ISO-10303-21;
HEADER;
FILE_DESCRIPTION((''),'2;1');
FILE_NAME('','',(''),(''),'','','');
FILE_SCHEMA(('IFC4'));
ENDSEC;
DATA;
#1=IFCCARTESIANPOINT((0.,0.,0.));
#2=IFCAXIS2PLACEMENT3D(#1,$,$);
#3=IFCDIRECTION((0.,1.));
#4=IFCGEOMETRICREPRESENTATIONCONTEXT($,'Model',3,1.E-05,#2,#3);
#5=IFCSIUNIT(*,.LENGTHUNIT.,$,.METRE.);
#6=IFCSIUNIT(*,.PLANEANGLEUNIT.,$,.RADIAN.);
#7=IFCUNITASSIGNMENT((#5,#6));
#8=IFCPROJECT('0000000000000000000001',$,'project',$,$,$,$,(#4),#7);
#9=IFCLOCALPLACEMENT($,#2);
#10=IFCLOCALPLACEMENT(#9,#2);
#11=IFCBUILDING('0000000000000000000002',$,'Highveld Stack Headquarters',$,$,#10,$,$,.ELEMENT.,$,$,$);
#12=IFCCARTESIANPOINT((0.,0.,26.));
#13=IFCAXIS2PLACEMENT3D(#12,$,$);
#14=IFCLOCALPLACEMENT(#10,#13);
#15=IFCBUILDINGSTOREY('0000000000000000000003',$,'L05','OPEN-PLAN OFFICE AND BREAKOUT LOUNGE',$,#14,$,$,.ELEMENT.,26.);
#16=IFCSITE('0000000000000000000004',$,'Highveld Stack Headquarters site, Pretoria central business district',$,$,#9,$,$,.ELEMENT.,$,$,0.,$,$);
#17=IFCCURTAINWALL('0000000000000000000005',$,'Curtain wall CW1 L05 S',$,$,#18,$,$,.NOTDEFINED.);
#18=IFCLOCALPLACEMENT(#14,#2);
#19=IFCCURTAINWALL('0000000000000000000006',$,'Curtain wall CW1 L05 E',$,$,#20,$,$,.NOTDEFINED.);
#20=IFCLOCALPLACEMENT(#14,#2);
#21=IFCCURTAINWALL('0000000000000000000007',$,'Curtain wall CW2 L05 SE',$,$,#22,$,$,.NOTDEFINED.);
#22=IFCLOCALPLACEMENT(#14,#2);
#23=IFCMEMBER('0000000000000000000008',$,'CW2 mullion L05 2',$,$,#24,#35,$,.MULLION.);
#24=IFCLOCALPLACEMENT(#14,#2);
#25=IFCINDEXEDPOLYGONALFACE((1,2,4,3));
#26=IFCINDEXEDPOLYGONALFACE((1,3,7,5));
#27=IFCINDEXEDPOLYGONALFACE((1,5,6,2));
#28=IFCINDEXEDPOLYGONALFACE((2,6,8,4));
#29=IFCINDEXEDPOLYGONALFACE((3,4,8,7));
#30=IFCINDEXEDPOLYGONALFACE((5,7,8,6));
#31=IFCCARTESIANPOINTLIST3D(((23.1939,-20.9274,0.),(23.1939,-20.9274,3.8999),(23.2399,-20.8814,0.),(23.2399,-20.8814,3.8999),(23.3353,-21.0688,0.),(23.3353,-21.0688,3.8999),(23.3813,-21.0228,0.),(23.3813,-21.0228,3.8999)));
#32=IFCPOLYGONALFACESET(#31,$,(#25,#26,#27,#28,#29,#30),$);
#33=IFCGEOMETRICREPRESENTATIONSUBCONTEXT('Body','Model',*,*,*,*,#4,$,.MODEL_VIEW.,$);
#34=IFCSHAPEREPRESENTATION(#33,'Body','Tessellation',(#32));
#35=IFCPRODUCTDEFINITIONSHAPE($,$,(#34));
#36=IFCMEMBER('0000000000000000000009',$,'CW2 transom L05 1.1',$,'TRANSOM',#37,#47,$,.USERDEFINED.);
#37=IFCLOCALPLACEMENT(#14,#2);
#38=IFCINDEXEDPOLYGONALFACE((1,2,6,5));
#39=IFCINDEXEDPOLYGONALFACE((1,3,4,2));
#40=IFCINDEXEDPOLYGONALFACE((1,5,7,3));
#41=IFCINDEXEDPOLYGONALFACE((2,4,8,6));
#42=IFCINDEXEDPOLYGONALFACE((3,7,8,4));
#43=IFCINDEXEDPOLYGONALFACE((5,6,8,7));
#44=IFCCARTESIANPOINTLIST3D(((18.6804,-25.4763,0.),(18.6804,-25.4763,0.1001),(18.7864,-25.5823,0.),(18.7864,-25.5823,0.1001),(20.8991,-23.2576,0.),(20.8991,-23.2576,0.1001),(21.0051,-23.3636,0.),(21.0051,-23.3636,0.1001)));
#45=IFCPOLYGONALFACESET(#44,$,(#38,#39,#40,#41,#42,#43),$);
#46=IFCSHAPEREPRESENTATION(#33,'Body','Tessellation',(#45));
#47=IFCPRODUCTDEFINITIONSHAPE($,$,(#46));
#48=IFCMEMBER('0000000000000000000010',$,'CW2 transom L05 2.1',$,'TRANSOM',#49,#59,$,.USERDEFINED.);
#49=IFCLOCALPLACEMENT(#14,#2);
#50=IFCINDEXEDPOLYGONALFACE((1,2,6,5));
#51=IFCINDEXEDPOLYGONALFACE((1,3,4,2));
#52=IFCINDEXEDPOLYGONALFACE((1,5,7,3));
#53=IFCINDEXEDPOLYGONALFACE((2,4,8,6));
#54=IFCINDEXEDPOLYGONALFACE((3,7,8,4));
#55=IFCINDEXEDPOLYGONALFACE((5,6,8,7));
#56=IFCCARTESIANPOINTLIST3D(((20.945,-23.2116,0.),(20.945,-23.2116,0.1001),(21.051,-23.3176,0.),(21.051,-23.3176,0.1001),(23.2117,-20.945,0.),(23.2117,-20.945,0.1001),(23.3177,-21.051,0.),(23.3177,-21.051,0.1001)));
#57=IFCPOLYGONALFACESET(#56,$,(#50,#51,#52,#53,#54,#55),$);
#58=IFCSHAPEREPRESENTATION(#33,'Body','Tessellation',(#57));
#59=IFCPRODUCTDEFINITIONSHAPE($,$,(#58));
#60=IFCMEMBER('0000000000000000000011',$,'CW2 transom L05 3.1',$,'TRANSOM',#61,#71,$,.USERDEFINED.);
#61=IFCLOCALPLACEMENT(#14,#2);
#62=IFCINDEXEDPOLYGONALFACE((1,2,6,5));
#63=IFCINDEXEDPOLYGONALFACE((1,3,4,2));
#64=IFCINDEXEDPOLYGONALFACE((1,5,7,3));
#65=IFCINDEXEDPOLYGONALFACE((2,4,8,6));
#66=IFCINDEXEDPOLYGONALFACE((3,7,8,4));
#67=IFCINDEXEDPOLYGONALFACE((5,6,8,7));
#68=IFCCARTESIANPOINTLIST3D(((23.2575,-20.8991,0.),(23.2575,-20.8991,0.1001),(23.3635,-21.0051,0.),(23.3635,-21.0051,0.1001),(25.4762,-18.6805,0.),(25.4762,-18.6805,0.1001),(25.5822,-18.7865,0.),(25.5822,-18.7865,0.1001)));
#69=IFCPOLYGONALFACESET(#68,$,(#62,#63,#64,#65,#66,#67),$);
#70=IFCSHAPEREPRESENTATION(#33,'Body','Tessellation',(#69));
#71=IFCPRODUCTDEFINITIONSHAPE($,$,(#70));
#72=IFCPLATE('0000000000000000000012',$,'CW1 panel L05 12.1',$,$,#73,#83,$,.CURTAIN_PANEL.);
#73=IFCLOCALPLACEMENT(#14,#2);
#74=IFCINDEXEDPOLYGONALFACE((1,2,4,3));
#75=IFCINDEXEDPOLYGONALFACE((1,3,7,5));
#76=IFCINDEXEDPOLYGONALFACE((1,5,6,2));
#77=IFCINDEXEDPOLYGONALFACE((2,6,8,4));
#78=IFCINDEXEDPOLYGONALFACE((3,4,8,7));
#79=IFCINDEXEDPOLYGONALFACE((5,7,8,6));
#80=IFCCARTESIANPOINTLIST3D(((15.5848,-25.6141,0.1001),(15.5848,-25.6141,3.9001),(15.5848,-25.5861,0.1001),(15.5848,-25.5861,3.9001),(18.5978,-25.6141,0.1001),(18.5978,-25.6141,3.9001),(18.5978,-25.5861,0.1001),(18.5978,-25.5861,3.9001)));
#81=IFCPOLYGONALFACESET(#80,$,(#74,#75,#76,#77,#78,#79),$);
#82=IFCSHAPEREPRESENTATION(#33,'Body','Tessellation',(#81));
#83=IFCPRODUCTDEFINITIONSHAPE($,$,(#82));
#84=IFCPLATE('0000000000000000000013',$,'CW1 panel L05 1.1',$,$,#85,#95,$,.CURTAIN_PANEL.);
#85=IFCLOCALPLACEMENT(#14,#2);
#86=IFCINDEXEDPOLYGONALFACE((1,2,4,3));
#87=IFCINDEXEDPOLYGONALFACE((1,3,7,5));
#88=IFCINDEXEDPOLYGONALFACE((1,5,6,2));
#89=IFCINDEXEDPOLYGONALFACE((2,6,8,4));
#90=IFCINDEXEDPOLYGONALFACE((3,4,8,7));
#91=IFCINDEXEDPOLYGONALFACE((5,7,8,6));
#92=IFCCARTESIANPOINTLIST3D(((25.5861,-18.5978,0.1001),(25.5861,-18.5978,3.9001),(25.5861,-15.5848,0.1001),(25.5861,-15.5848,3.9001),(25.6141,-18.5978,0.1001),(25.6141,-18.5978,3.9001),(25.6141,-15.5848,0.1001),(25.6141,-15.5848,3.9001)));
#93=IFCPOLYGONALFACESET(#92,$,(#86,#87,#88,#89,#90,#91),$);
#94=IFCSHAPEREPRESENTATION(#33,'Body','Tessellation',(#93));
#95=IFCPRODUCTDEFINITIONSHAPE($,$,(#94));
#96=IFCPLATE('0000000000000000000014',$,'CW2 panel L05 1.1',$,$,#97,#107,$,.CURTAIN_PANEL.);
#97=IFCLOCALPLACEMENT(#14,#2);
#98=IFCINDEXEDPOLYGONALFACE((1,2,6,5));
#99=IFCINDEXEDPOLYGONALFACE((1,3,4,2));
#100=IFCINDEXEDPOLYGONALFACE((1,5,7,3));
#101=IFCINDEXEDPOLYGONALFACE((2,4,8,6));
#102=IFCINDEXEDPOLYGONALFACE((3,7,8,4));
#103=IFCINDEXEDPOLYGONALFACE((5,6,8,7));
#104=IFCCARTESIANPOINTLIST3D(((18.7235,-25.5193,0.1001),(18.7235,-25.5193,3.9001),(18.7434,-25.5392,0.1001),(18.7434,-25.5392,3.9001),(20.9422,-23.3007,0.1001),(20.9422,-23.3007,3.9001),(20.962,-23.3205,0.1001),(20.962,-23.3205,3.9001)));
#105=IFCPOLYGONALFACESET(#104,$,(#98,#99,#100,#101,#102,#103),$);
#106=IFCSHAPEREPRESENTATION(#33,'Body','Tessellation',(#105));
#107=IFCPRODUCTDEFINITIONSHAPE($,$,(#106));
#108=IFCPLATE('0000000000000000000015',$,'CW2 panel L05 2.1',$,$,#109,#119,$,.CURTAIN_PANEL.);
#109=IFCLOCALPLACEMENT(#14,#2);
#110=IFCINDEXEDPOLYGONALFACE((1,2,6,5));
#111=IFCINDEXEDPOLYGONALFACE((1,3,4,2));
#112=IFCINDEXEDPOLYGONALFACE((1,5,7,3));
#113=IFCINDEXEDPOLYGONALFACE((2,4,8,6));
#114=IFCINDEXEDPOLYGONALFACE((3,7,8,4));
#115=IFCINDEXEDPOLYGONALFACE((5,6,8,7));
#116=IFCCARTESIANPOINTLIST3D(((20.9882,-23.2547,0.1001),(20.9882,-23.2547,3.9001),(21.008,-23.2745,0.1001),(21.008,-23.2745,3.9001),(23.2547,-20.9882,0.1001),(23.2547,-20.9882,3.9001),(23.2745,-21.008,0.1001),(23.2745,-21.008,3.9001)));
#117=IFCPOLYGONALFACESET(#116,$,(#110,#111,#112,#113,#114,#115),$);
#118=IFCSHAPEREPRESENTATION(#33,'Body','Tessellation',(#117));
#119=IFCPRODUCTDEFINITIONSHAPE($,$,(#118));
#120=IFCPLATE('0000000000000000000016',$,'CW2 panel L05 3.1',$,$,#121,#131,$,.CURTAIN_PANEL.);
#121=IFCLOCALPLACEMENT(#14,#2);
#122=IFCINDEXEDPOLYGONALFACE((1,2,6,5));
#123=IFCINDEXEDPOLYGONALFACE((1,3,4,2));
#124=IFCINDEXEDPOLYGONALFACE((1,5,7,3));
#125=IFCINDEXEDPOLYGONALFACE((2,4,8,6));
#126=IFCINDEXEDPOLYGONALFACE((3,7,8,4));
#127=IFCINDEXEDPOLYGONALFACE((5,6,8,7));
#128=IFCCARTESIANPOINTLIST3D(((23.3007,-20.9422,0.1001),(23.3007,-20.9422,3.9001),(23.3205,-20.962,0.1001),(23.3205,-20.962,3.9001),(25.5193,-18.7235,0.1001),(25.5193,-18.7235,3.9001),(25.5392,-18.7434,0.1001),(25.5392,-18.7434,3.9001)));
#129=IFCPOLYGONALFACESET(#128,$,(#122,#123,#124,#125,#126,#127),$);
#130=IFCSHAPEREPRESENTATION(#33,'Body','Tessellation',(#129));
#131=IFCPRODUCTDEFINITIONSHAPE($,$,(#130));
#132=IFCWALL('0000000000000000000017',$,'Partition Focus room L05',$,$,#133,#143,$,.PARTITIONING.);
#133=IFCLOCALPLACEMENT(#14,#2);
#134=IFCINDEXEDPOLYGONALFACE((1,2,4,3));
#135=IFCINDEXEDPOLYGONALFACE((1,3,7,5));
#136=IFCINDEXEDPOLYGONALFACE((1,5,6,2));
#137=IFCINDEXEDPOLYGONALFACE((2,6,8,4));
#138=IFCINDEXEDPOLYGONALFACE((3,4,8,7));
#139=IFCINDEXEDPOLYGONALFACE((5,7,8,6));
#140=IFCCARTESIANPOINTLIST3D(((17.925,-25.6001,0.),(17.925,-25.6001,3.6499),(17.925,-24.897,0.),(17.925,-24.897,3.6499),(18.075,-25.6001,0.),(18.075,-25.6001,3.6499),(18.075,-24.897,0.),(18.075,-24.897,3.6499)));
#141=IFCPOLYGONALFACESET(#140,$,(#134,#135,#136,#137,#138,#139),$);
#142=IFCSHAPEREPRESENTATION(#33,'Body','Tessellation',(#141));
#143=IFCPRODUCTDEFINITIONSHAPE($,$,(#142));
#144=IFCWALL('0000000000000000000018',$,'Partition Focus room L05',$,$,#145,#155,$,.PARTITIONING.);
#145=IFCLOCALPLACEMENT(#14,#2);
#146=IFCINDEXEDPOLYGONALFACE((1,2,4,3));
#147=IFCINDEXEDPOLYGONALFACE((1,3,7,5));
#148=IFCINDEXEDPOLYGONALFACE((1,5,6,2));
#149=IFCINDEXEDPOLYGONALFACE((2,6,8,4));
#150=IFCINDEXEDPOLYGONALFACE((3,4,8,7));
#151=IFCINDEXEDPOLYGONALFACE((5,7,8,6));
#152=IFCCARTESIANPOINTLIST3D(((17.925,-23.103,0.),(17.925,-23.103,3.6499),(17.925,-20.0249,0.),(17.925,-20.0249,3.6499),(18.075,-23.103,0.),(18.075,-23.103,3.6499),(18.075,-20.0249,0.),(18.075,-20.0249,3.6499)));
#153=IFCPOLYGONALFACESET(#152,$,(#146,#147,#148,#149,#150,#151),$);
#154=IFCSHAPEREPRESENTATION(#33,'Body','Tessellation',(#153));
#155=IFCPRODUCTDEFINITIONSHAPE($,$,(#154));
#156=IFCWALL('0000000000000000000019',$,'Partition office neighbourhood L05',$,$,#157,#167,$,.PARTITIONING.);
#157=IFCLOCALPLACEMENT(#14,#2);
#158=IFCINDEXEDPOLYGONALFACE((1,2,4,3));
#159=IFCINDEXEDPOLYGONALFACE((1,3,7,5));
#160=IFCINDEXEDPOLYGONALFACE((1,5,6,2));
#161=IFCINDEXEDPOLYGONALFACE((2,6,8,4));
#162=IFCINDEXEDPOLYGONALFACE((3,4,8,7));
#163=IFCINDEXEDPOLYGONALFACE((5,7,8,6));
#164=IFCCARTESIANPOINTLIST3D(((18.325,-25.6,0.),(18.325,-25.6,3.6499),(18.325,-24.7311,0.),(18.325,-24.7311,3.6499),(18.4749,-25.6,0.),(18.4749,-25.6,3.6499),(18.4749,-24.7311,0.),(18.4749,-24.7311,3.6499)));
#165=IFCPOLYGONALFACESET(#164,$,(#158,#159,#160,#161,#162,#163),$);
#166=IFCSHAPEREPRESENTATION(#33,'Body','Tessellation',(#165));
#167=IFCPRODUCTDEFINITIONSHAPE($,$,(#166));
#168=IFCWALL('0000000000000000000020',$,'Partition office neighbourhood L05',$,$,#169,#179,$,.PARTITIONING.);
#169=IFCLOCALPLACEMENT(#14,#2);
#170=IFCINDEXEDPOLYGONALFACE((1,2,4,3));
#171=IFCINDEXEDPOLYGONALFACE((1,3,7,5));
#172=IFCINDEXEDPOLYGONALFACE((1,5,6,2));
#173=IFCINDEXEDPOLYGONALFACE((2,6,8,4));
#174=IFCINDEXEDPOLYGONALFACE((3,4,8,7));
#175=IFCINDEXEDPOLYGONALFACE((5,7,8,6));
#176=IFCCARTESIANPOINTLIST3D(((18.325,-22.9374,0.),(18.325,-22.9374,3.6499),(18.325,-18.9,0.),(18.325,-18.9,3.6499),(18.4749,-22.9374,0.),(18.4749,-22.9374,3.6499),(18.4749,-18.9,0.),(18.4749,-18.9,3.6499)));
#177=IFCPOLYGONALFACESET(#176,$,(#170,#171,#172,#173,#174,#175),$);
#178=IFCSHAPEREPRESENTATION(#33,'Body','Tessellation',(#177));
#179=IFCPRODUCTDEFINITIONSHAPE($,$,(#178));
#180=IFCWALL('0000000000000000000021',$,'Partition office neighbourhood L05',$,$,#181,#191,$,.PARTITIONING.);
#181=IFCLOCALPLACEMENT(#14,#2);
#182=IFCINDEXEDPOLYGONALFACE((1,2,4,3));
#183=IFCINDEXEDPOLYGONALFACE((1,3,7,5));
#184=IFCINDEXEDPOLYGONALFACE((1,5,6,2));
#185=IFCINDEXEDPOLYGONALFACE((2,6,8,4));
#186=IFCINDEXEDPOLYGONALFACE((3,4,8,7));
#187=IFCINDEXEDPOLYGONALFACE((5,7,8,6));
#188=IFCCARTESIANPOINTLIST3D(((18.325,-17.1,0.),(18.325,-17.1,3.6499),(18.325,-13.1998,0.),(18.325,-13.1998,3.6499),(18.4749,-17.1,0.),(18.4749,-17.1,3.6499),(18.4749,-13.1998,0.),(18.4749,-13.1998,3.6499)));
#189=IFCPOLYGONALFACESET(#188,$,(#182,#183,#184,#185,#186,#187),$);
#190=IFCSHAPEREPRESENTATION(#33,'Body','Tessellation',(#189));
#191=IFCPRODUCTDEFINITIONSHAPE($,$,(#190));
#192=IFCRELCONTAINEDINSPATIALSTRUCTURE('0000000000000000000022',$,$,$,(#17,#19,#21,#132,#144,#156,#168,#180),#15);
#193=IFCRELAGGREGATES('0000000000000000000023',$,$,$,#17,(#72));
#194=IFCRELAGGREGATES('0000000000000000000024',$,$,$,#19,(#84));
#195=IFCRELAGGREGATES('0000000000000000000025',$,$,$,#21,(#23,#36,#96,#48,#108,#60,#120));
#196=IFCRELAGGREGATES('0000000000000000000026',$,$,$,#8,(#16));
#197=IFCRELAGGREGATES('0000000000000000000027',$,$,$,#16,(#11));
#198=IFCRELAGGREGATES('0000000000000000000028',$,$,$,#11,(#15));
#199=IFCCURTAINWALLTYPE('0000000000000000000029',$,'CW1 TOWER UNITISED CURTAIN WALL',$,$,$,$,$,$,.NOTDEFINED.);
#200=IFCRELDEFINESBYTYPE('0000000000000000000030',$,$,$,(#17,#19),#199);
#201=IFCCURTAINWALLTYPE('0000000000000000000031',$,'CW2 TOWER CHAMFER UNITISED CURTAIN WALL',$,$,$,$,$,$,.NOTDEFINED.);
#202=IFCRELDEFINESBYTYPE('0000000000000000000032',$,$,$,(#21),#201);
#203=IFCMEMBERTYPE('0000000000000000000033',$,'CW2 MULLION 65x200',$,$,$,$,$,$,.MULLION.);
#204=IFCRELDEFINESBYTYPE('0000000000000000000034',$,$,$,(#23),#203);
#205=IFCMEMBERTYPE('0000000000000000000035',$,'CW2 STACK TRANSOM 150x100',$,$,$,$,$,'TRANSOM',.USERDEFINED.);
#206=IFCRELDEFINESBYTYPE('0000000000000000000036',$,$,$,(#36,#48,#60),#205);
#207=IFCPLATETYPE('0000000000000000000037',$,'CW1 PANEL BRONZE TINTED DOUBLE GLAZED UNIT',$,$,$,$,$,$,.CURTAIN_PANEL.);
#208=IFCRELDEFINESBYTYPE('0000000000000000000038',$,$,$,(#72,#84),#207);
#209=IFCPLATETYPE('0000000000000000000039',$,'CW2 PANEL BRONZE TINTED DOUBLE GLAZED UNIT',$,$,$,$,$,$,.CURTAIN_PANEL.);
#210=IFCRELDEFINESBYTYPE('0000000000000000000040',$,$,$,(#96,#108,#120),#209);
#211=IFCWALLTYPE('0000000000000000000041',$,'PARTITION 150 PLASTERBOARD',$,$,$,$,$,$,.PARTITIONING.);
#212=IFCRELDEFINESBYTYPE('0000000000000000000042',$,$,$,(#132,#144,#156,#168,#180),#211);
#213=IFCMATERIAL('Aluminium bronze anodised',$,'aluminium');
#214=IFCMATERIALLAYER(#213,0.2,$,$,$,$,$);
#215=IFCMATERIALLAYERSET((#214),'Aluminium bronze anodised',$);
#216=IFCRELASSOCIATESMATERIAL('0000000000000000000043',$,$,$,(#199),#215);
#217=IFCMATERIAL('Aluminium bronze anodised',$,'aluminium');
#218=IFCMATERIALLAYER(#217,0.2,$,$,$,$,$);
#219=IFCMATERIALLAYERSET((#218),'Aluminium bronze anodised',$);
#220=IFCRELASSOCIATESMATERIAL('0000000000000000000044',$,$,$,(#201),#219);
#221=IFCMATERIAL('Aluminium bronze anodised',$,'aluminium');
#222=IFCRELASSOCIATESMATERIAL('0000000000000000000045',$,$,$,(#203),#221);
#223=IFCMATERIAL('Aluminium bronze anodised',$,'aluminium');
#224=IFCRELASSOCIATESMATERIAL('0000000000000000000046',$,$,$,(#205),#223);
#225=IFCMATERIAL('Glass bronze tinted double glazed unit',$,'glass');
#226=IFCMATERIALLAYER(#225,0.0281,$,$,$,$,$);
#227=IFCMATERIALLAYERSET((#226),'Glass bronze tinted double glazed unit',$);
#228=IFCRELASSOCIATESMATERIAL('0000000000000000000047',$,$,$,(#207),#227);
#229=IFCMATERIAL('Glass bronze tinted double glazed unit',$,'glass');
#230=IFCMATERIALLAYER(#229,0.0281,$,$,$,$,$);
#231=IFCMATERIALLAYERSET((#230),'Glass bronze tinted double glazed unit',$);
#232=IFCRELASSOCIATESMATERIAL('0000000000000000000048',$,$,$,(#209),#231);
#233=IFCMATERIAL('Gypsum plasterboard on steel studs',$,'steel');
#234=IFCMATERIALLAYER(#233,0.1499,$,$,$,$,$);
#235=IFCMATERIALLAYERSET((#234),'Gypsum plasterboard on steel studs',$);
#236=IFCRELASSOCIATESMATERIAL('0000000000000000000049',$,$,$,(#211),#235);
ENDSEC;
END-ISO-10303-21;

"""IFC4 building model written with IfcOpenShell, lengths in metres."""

from ifc_helpers import new_model, si_unit, direction, frame, frame_2d, origin, origin_2d, place, context, subcontext, project, spatial, rectangle, extrude, material, layer, layer_set, material_profile, profile_set, type_object, element, aggregate, save


model = new_model("IFC4")

# Units and contexts
model_context = context("Model", 3, precision=1e-05, world=origin(), true_north=direction((0.0, 1.0)))
body_context = subcontext(model_context, "Body", "Model", "MODEL_VIEW")
ifc_project = project(units=[si_unit("LENGTHUNIT", "METRE"), si_unit("PLANEANGLEUNIT", "RADIAN")], contexts=[model_context])

# Site, building, storey
site_placement = place(None, origin())
site = spatial("IfcSite", under=ifc_project, at=site_placement, Name="Highveld Stack Headquarters site, Pretoria central business district", CompositionType="ELEMENT", RefElevation=0.0)
building_placement = place(site_placement, origin())
building = spatial("IfcBuilding", under=site, at=building_placement, Name="Highveld Stack Headquarters", CompositionType="ELEMENT")
storey_placement = place(building_placement, frame((0.0, 0.0, 26.0)))
storey = spatial("IfcBuildingStorey", under=building, at=storey_placement, Name="L05", Description="OPEN-PLAN OFFICE AND BREAKOUT LOUNGE", CompositionType="ELEMENT", Elevation=26.0)

# Curtain wall
ifc_material_1 = material(Name="Aluminium bronze anodised", Category="aluminium")
ifc_layer_1 = layer(ifc_material_1, 0.2)
ifc_layer_set_1 = layer_set([ifc_layer_1], Name="Aluminium bronze anodised")
curtain_wall_type_1 = type_object("IfcCurtainWallType", Name="CW1 TOWER UNITISED CURTAIN WALL", PredefinedType="NOTDEFINED", material=ifc_layer_set_1)
curtain_wall_1_placement = place(storey_placement, origin())
curtain_wall_1 = element("IfcCurtainWall", 1, at=curtain_wall_1_placement, inside=storey, type_object=curtain_wall_type_1, Name="Curtain wall CW1 L05 S", PredefinedType="NOTDEFINED")

# Curtain wall
curtain_wall_2_placement = place(storey_placement, origin())
curtain_wall_2 = element("IfcCurtainWall", 2, at=curtain_wall_2_placement, inside=storey, type_object=curtain_wall_type_1, Name="Curtain wall CW1 L05 E", PredefinedType="NOTDEFINED")

# Curtain wall, members
ifc_material_2 = material(Name="Aluminium bronze anodised", Category="aluminium")
ifc_layer_2 = layer(ifc_material_2, 0.2)
ifc_layer_set_2 = layer_set([ifc_layer_2], Name="Aluminium bronze anodised")
curtain_wall_type_2 = type_object("IfcCurtainWallType", Name="CW2 TOWER CHAMFER UNITISED CURTAIN WALL", PredefinedType="NOTDEFINED", material=ifc_layer_set_2)
curtain_wall_3_placement = place(storey_placement, origin())
curtain_wall_3 = element("IfcCurtainWall", 3, at=curtain_wall_3_placement, inside=storey, type_object=curtain_wall_type_2, Name="Curtain wall CW2 L05 SE", PredefinedType="NOTDEFINED")
ifc_material_3 = material(Name="Aluminium bronze anodised", Category="aluminium")
ifc_material_profile_1 = material_profile(ifc_material_3, rectangle(XDim=0.2, YDim=0.0649, at=origin_2d()), Name="CW2 MULLION 65x200")
ifc_profile_set_1 = profile_set([ifc_material_profile_1], Name="Aluminium bronze anodised")
member_type_1 = type_object("IfcMemberType", Name="CW2 MULLION 65x200", PredefinedType="MULLION", material=ifc_profile_set_1)
member_1_placement = place(storey_placement, frame((23.2876, -20.9751, 0.0), z_axis=(0.0, 0.0, 1.0), x_axis=(-0.707107, 0.707107, 0.0)))
member_1 = element("IfcMember", 4, at=member_1_placement, type_object=member_type_1, Name="CW2 mullion L05 2", PredefinedType="MULLION", context=body_context, shape_type="SweptSolid", body=[
    extrude(rectangle(XDim=0.2, YDim=0.0649, at=origin_2d()), origin(), (0.0, 0.0, 1.0), 3.8999),
])
ifc_material_4 = material(Name="Aluminium bronze anodised", Category="aluminium")
ifc_material_profile_2 = material_profile(ifc_material_4, rectangle(XDim=0.1499, YDim=0.1001, at=origin_2d()), Name="CW2 TRANSOM 150x100")
ifc_profile_set_2 = profile_set([ifc_material_profile_2], Name="Aluminium bronze anodised")
member_type_2 = type_object("IfcMemberType", Name="CW2 STACK TRANSOM 150x100", ElementType="TRANSOM", PredefinedType="USERDEFINED", material=ifc_profile_set_2)
member_2_placement = place(storey_placement, frame((18.7334, -25.5293, 0.05), z_axis=(0.707107, 0.707107, 0.0), x_axis=(-0.707107, 0.707107, 0.0)))
member_2 = element("IfcMember", 5, at=member_2_placement, type_object=member_type_2, Name="CW2 transom L05 1.1", ObjectType="TRANSOM", PredefinedType="USERDEFINED", context=body_context, shape_type="SweptSolid", body=[
    extrude(rectangle(XDim=0.1499, YDim=0.1001, at=origin_2d()), origin(), (0.0, 0.0, 1.0), 3.1377),
])
member_3_placement = place(storey_placement, frame((20.998, -23.2646, 0.05), z_axis=(0.707107, 0.707107, 0.0), x_axis=(-0.707107, 0.707107, 0.0)))
member_3 = element("IfcMember", 6, at=member_3_placement, type_object=member_type_2, Name="CW2 transom L05 2.1", ObjectType="TRANSOM", PredefinedType="USERDEFINED", context=body_context, shape_type="SweptSolid", body=[
    extrude(rectangle(XDim=0.1499, YDim=0.1001, at=origin_2d()), origin(), (0.0, 0.0, 1.0), 3.2056),
])
member_4_placement = place(storey_placement, frame((23.3105, -20.9521, 0.05), z_axis=(0.707107, 0.707107, 0.0), x_axis=(-0.707107, 0.707107, 0.0)))
member_4 = element("IfcMember", 7, at=member_4_placement, type_object=member_type_2, Name="CW2 transom L05 3.1", ObjectType="TRANSOM", PredefinedType="USERDEFINED", context=body_context, shape_type="SweptSolid", body=[
    extrude(rectangle(XDim=0.1499, YDim=0.1001, at=origin_2d()), origin(), (0.0, 0.0, 1.0), 3.1377),
])

# Plates
ifc_material_5 = material(Name="Glass bronze tinted double glazed unit", Category="glass")
ifc_layer_3 = layer(ifc_material_5, 0.0281)
ifc_layer_set_3 = layer_set([ifc_layer_3], Name="Glass bronze tinted double glazed unit")
plate_type_1 = type_object("IfcPlateType", Name="CW1 PANEL BRONZE TINTED DOUBLE GLAZED UNIT", PredefinedType="CURTAIN_PANEL", material=ifc_layer_set_3)
plate_1_placement = place(storey_placement, frame((17.0913, -25.6001, 0.1001), z_axis=(0.0, 0.0, 1.0), x_axis=(1.0, 0.0, 0.0)))
plate_1 = element("IfcPlate", 8, at=plate_1_placement, type_object=plate_type_1, Name="CW1 panel L05 12.1", PredefinedType="CURTAIN_PANEL", context=body_context, shape_type="SweptSolid", body=[
    extrude(rectangle(XDim=3.0129, YDim=0.0281, at=origin_2d()), origin(), (0.0, 0.0, 1.0), 3.8),
])
aggregate(curtain_wall_1, [plate_1])
plate_2_placement = place(storey_placement, frame((25.6001, -17.0913, 0.1001), z_axis=(0.0, 0.0, 1.0), x_axis=(0.0, 1.0, 0.0)))
plate_2 = element("IfcPlate", 9, at=plate_2_placement, type_object=plate_type_1, Name="CW1 panel L05 1.1", PredefinedType="CURTAIN_PANEL", context=body_context, shape_type="SweptSolid", body=[
    extrude(rectangle(XDim=3.0129, YDim=0.0281, at=origin_2d()), origin(), (0.0, 0.0, 1.0), 3.8),
])
aggregate(curtain_wall_2, [plate_2])
ifc_material_6 = material(Name="Glass bronze tinted double glazed unit", Category="glass")
ifc_layer_4 = layer(ifc_material_6, 0.0281)
ifc_layer_set_4 = layer_set([ifc_layer_4], Name="Glass bronze tinted double glazed unit")
plate_type_2 = type_object("IfcPlateType", Name="CW2 PANEL BRONZE TINTED DOUBLE GLAZED UNIT", PredefinedType="CURTAIN_PANEL", material=ifc_layer_set_4)
plate_3_placement = place(storey_placement, frame((19.8428, -24.4199, 0.1001), z_axis=(0.0, 0.0, 1.0), x_axis=(0.707107, 0.707107, 0.0)))
plate_3 = element("IfcPlate", 10, at=plate_3_placement, type_object=plate_type_2, Name="CW2 panel L05 1.1", PredefinedType="CURTAIN_PANEL", context=body_context, shape_type="SweptSolid", body=[
    extrude(rectangle(XDim=3.1377, YDim=0.0281, at=origin_2d()), origin(), (0.0, 0.0, 1.0), 3.8),
])
plate_4_placement = place(storey_placement, frame((22.1313, -22.1313, 0.1001), z_axis=(0.0, 0.0, 1.0), x_axis=(0.707107, 0.707107, 0.0)))
plate_4 = element("IfcPlate", 11, at=plate_4_placement, type_object=plate_type_2, Name="CW2 panel L05 2.1", PredefinedType="CURTAIN_PANEL", context=body_context, shape_type="SweptSolid", body=[
    extrude(rectangle(XDim=3.2053, YDim=0.0281, at=origin_2d()), origin(), (0.0, 0.0, 1.0), 3.8),
])
plate_5_placement = place(storey_placement, frame((24.4199, -19.8428, 0.1001), z_axis=(0.0, 0.0, 1.0), x_axis=(0.707107, 0.707107, 0.0)))
plate_5 = element("IfcPlate", 12, at=plate_5_placement, type_object=plate_type_2, Name="CW2 panel L05 3.1", PredefinedType="CURTAIN_PANEL", context=body_context, shape_type="SweptSolid", body=[
    extrude(rectangle(XDim=3.1377, YDim=0.0281, at=origin_2d()), origin(), (0.0, 0.0, 1.0), 3.8),
])
aggregate(curtain_wall_3, [member_1, member_2, plate_3, member_3, plate_4, member_4, plate_5])

# Walls
ifc_material_7 = material(Name="Gypsum plasterboard on steel studs", Category="steel")
ifc_layer_5 = layer(ifc_material_7, 0.1499)
ifc_layer_set_5 = layer_set([ifc_layer_5], Name="Gypsum plasterboard on steel studs")
wall_type = type_object("IfcWallType", Name="PARTITION 150 PLASTERBOARD", PredefinedType="PARTITIONING", material=ifc_layer_set_5)
wall_1_placement = place(storey_placement, frame((18.0, -25.6001, 0.0), z_axis=(0.0, 0.0, 1.0), x_axis=(0.0, 1.0, 0.0)))
element("IfcWall", 13, at=wall_1_placement, inside=storey, type_object=wall_type, Name="Partition Focus room L05", PredefinedType="PARTITIONING", context=body_context, shape_type="SweptSolid", body=[
    extrude(rectangle(XDim=0.7031, YDim=0.1499, at=frame_2d((0.3516, 0.0))), origin(), (0.0, 0.0, 1.0), 3.6499),
])
wall_2_placement = place(storey_placement, frame((18.0, -23.103, 0.0), z_axis=(0.0, 0.0, 1.0), x_axis=(0.0, 1.0, 0.0)))
element("IfcWall", 14, at=wall_2_placement, inside=storey, type_object=wall_type, Name="Partition Focus room L05", PredefinedType="PARTITIONING", context=body_context, shape_type="SweptSolid", body=[
    extrude(rectangle(XDim=3.0781, YDim=0.1499, at=frame_2d((1.5391, 0.0))), origin(), (0.0, 0.0, 1.0), 3.6499),
])
wall_3_placement = place(storey_placement, frame((18.3999, -25.6001, 0.0), z_axis=(0.0, 0.0, 1.0), x_axis=(0.0, 1.0, 0.0)))
element("IfcWall", 15, at=wall_3_placement, inside=storey, type_object=wall_type, Name="Partition office neighbourhood L05", PredefinedType="PARTITIONING", context=body_context, shape_type="SweptSolid", body=[
    extrude(rectangle(XDim=0.8689, YDim=0.1499, at=frame_2d((0.4346, 0.0))), origin(), (0.0, 0.0, 1.0), 3.6499),
])
wall_4_placement = place(storey_placement, frame((18.3999, -22.9373, 0.0), z_axis=(0.0, 0.0, 1.0), x_axis=(0.0, 1.0, 0.0)))
element("IfcWall", 16, at=wall_4_placement, inside=storey, type_object=wall_type, Name="Partition office neighbourhood L05", PredefinedType="PARTITIONING", context=body_context, shape_type="SweptSolid", body=[
    extrude(rectangle(XDim=4.0374, YDim=0.1499, at=frame_2d((2.0186, 0.0))), origin(), (0.0, 0.0, 1.0), 3.6499),
])
wall_5_placement = place(storey_placement, frame((18.3999, -17.1001, 0.0), z_axis=(0.0, 0.0, 1.0), x_axis=(0.0, 1.0, 0.0)))
element("IfcWall", 17, at=wall_5_placement, inside=storey, type_object=wall_type, Name="Partition office neighbourhood L05", PredefinedType="PARTITIONING", context=body_context, shape_type="SweptSolid", body=[
    extrude(rectangle(XDim=3.9001, YDim=0.1499, at=frame_2d((1.9502, 0.0))), origin(), (0.0, 0.0, 1.0), 3.6499),
])

save(model, "model.ifc")
